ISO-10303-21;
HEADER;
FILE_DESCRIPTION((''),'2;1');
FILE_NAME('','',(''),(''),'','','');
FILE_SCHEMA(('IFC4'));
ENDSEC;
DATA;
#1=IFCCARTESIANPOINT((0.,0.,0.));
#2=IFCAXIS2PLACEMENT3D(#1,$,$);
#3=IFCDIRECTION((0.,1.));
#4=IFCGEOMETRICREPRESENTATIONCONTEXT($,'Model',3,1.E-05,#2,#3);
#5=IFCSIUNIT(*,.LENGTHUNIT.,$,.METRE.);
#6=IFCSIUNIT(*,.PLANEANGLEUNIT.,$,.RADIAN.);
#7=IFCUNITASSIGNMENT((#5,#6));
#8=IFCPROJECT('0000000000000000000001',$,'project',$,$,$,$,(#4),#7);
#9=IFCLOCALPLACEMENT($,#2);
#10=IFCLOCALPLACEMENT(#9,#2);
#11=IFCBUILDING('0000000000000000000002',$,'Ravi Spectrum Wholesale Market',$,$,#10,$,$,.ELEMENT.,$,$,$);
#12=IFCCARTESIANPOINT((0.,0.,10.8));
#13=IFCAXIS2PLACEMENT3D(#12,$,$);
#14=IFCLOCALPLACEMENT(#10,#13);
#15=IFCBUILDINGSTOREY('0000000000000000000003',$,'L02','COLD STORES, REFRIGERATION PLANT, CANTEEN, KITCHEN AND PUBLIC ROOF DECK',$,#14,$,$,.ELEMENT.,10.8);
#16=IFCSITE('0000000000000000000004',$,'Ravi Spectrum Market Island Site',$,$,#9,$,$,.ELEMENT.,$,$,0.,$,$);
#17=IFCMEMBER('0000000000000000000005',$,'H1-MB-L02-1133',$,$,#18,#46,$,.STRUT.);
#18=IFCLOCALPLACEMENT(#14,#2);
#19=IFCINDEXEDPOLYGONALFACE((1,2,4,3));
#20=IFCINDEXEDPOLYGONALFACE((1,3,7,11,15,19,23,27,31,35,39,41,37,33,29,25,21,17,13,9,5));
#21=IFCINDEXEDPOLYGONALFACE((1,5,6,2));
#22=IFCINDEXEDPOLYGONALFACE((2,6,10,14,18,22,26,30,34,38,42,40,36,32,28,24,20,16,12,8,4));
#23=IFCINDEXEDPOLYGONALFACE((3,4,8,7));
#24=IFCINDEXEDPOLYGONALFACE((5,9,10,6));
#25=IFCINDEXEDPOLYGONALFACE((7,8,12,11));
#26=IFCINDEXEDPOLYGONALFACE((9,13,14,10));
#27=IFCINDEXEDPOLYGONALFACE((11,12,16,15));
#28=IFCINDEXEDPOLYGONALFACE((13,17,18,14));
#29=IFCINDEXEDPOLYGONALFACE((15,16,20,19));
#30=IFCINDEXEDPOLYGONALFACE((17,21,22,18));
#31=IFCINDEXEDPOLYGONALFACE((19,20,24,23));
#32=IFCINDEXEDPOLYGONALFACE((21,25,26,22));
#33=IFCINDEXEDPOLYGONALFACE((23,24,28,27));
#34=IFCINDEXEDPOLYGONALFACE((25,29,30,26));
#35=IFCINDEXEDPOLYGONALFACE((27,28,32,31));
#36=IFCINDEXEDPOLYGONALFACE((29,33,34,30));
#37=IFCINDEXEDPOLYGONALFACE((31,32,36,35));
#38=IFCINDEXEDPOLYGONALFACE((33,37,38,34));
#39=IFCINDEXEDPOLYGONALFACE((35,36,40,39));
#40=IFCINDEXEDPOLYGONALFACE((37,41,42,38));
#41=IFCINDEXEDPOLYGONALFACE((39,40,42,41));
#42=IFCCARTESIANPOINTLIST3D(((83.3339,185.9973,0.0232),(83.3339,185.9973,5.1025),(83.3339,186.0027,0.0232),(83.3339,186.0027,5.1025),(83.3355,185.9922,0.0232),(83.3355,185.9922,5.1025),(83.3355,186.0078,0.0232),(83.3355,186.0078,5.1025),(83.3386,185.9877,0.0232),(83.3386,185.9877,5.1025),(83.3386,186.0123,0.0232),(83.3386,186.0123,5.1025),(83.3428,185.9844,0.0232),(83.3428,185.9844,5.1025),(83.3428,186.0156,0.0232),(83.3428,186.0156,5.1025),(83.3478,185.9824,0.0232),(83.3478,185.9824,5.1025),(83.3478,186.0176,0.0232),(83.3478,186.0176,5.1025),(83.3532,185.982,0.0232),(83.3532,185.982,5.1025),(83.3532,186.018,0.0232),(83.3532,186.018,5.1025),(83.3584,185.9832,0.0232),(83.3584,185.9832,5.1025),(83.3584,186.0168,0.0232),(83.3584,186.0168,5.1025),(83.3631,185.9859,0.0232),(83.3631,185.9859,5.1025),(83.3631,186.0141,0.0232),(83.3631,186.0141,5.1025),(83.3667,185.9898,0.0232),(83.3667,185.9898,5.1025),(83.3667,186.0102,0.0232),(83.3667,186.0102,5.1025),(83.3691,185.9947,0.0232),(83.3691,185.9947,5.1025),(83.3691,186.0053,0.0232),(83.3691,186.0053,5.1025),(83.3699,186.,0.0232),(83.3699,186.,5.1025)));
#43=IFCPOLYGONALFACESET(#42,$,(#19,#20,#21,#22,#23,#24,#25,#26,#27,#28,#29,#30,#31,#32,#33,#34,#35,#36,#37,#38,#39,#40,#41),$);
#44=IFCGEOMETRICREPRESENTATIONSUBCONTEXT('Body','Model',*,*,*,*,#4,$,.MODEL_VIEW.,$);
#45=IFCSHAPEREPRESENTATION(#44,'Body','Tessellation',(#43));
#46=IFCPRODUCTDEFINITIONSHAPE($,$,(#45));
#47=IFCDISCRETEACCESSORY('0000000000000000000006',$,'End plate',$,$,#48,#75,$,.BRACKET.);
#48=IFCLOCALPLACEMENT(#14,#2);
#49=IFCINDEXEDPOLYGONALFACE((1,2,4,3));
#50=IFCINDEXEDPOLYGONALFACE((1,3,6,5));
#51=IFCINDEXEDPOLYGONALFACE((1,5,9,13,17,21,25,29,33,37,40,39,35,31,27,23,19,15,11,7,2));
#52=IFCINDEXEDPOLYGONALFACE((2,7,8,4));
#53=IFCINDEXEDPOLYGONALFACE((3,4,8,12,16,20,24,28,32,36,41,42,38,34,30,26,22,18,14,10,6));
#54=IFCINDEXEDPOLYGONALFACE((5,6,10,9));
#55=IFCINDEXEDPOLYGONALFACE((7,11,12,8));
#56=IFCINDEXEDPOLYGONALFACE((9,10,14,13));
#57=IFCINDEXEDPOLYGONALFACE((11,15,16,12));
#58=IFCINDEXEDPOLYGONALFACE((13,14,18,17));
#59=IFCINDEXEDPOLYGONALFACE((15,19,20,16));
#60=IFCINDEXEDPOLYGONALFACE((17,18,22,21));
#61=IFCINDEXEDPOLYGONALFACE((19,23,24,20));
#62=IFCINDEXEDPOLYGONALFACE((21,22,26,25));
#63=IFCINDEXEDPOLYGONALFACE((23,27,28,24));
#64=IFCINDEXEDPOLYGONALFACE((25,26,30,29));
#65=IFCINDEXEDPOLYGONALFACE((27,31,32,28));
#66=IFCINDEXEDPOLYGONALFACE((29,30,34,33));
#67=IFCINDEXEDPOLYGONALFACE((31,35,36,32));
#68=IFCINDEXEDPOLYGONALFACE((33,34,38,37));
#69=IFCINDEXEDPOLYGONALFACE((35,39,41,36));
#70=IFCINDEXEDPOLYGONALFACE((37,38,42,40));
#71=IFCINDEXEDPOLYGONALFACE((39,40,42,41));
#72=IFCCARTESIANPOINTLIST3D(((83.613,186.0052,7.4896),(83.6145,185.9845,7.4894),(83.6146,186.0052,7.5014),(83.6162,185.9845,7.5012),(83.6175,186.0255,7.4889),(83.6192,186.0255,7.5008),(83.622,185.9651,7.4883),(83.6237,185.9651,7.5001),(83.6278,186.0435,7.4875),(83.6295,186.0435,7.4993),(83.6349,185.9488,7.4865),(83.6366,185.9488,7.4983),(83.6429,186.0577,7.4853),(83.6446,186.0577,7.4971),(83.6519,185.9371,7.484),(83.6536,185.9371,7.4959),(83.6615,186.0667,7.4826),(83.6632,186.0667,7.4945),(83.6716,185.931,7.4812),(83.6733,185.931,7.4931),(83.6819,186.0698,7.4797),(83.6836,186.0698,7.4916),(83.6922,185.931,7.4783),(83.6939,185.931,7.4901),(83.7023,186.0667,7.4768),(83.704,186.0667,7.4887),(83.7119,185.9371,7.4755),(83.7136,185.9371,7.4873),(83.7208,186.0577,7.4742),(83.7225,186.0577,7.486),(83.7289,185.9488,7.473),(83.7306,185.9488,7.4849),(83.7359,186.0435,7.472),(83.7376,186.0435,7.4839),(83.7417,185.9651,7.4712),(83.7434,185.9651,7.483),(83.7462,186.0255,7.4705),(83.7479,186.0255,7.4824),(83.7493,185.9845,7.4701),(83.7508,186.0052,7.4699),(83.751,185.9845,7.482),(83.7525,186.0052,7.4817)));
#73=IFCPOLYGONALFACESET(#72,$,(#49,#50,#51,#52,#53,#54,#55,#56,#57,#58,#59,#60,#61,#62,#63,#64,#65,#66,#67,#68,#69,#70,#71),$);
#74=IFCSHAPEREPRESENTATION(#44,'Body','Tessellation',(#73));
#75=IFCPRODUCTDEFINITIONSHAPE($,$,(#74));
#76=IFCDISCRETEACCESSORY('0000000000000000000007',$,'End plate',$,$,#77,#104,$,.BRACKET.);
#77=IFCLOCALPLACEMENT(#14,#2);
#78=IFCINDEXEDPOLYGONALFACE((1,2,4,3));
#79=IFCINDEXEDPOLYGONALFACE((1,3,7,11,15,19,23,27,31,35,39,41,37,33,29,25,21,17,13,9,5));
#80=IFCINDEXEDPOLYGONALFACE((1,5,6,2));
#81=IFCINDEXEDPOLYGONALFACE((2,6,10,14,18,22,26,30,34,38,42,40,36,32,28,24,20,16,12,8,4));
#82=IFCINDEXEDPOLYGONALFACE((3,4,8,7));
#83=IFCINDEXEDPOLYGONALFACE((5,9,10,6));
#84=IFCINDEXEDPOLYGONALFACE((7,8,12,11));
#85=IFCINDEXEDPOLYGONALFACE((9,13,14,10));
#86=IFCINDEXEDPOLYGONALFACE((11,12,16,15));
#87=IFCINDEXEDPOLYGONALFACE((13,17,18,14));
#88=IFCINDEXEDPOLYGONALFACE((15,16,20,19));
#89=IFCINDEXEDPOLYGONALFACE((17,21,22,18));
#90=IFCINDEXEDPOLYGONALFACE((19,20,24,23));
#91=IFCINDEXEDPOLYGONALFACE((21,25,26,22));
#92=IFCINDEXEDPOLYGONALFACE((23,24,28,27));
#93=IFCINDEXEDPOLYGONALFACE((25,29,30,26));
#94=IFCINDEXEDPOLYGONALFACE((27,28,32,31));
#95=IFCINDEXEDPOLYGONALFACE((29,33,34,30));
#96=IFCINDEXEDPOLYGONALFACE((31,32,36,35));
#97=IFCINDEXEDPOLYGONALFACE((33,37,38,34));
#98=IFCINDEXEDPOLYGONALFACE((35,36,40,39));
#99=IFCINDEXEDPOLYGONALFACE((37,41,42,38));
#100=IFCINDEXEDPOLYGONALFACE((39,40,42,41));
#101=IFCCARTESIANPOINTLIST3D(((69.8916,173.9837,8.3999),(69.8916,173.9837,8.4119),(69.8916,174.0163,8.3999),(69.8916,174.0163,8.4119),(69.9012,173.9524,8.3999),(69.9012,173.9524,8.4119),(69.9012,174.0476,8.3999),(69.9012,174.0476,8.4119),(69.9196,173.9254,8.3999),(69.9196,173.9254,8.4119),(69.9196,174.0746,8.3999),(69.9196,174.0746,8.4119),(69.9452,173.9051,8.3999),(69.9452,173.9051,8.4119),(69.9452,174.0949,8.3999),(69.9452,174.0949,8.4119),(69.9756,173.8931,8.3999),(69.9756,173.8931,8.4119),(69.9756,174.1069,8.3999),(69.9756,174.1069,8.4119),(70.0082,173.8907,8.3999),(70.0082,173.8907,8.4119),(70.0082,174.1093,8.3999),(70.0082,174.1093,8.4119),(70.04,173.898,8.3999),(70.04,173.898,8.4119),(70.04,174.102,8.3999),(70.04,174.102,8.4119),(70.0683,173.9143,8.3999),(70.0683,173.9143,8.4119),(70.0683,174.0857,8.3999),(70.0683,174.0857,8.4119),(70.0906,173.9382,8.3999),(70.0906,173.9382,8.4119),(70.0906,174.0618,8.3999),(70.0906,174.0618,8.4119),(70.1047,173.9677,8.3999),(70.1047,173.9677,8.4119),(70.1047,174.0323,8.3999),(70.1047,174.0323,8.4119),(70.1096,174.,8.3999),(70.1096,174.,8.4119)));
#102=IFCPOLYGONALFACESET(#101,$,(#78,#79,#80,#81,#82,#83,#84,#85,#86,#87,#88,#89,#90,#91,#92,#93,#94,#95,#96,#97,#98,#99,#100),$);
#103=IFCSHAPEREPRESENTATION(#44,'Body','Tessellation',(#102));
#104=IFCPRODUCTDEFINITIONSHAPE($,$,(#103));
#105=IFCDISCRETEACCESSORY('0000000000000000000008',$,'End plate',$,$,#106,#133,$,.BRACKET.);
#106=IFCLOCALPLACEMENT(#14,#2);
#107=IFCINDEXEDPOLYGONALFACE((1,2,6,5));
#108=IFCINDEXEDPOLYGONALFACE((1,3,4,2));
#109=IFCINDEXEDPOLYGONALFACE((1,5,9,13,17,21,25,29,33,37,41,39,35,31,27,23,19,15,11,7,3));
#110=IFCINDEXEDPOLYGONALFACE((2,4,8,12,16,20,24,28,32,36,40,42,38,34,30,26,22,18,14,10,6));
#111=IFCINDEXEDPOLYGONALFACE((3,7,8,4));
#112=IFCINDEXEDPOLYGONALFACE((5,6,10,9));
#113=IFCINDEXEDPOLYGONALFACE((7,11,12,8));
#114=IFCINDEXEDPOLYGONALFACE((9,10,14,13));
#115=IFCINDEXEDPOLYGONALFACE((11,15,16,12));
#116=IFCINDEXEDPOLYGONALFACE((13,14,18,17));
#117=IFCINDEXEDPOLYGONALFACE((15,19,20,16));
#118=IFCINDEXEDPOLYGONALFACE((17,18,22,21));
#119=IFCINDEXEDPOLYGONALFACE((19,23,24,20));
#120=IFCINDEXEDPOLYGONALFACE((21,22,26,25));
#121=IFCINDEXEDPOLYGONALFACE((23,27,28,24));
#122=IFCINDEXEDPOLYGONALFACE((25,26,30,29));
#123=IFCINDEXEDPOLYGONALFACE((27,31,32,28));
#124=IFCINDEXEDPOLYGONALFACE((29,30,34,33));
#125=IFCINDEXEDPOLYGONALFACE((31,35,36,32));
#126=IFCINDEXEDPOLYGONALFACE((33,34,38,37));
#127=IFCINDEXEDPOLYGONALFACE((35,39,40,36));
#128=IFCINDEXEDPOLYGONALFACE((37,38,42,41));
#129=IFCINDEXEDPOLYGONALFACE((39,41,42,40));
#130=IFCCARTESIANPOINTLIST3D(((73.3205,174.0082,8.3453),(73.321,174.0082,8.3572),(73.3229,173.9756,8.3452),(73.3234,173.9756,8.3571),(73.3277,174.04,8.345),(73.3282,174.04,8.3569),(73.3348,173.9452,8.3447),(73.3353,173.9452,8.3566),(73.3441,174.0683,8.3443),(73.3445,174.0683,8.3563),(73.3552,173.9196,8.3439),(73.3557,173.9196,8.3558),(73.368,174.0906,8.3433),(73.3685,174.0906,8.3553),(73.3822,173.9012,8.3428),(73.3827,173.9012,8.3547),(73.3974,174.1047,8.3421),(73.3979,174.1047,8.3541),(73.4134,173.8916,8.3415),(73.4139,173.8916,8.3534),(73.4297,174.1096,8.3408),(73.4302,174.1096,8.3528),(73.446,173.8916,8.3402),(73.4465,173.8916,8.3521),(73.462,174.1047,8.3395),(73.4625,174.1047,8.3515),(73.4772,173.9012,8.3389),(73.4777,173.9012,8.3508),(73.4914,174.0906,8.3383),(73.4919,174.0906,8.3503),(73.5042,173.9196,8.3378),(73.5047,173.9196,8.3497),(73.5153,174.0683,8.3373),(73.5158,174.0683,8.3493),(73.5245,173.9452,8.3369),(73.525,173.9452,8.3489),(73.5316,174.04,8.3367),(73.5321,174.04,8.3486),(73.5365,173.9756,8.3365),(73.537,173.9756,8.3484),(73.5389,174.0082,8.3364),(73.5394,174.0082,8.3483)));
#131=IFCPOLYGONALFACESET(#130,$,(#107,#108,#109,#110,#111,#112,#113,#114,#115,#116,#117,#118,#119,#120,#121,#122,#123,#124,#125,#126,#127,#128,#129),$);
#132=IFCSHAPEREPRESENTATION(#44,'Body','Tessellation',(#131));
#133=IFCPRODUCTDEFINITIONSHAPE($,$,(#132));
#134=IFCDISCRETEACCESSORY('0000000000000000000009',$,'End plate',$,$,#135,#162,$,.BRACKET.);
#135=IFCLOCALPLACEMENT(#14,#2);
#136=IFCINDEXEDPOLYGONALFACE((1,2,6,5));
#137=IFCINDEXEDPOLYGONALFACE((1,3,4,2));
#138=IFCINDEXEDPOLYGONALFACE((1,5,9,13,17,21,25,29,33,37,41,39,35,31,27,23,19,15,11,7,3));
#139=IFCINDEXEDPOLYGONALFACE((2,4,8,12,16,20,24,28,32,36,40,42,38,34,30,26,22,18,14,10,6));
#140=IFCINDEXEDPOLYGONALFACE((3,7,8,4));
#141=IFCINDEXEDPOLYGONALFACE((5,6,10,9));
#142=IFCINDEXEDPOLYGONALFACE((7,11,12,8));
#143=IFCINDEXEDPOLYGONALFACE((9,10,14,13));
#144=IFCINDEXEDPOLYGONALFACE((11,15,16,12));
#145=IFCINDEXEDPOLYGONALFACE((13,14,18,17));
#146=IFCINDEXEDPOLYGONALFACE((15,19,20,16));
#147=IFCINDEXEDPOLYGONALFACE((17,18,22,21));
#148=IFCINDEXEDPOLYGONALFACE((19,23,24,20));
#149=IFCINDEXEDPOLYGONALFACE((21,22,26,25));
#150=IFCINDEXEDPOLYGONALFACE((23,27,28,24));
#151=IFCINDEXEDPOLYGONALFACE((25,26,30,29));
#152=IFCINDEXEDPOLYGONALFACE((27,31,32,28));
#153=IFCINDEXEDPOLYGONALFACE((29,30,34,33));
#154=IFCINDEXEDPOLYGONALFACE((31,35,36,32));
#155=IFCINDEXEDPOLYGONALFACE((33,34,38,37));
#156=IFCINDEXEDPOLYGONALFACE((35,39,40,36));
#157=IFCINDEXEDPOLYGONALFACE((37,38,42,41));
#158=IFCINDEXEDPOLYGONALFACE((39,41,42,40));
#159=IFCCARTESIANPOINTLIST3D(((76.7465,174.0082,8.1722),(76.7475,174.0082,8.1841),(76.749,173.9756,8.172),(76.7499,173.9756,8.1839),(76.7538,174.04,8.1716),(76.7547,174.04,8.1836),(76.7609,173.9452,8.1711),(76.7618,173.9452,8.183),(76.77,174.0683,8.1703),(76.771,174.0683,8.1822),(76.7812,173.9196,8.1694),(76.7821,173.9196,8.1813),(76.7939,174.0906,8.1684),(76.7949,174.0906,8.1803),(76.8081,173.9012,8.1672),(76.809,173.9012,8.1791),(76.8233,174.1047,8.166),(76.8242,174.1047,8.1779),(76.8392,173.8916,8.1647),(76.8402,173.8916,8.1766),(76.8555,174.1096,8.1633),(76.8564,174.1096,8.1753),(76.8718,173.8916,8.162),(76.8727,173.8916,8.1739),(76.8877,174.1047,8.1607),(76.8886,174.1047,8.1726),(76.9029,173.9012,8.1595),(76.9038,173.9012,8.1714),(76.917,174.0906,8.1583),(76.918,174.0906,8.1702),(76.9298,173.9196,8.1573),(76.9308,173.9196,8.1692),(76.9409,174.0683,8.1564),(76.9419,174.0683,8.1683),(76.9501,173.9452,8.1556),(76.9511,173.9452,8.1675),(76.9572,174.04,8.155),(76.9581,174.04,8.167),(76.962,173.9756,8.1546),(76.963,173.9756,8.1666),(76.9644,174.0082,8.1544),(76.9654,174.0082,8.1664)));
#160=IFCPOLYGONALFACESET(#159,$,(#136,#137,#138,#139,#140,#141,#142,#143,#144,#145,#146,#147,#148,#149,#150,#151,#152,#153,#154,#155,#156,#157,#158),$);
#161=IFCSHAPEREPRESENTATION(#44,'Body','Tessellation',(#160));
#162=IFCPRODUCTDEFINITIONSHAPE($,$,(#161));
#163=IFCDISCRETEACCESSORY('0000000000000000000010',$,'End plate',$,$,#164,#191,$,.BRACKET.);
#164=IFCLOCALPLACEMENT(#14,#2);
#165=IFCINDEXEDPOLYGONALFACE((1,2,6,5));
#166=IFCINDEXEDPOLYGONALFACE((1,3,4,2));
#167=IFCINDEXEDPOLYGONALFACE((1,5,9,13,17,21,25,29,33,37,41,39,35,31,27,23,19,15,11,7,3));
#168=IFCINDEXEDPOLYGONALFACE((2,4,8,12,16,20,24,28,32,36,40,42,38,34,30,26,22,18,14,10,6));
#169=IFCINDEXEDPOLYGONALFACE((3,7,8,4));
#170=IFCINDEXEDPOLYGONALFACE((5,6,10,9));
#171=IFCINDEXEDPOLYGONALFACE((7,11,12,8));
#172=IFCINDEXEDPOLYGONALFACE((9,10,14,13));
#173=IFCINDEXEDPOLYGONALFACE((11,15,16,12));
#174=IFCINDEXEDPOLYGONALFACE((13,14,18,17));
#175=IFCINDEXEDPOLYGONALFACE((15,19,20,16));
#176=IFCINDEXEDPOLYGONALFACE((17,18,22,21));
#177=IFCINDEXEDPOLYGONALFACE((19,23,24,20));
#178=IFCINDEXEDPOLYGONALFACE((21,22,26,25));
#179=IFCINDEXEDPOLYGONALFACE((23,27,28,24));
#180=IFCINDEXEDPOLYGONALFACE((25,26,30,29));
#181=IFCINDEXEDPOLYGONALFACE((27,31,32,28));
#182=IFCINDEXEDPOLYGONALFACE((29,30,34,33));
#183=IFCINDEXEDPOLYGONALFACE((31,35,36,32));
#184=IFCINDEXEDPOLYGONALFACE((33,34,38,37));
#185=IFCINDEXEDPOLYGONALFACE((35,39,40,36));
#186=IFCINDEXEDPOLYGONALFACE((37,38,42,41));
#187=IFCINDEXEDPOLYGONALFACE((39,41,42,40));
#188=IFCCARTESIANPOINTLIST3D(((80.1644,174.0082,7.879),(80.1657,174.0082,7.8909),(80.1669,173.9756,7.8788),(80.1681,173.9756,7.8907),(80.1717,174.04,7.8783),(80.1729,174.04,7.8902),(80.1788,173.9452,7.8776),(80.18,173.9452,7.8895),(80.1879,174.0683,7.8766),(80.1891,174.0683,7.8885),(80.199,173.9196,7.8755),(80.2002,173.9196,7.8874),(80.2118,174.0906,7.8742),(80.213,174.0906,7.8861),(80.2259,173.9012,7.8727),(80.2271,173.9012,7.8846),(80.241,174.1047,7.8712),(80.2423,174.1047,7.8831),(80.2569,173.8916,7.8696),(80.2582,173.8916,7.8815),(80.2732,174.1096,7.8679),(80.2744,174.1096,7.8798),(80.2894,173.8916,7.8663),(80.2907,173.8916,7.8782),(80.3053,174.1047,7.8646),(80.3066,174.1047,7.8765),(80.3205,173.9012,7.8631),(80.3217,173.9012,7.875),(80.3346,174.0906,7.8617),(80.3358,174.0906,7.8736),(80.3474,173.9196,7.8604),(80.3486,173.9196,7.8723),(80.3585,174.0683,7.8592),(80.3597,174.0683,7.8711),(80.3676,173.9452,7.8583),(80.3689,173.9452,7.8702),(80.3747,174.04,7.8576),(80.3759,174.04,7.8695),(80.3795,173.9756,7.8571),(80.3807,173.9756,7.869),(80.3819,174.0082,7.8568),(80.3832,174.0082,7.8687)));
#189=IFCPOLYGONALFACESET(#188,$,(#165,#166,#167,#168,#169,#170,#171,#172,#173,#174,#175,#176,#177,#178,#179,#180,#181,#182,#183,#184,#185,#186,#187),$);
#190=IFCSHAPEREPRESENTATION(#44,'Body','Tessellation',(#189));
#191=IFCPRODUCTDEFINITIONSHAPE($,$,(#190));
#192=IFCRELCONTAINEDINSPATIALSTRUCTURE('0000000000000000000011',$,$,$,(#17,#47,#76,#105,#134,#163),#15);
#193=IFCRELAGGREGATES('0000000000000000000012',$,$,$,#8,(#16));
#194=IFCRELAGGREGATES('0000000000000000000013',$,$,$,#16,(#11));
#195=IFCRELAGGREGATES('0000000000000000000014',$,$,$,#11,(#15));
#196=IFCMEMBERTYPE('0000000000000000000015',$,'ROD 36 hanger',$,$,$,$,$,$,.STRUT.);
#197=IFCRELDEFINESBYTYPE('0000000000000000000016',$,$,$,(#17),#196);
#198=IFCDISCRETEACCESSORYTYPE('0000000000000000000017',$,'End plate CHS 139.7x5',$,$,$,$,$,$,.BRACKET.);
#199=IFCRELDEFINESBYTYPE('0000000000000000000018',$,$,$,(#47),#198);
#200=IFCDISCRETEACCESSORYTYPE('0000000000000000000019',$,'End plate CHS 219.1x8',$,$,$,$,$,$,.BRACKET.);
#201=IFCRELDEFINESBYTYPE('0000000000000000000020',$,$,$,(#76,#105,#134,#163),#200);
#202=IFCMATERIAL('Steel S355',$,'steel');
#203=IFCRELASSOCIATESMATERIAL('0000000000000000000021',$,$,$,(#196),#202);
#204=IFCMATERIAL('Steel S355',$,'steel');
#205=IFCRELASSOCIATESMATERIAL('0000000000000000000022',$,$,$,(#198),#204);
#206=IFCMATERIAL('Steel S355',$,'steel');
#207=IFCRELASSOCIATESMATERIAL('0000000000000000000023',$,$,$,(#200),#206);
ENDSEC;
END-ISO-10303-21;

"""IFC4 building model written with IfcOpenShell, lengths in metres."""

from ifc_helpers import new_model, si_unit, direction, frame, origin, origin_2d, place, context, subcontext, project, spatial, circle, extrude, material, material_profile, profile_set, type_object, element, save


model = new_model("IFC4")

# Units and contexts
model_context = context("Model", 3, precision=1e-05, world=origin(), true_north=direction((0.0, 1.0)))
body_context = subcontext(model_context, "Body", "Model", "MODEL_VIEW")
ifc_project = project(units=[si_unit("LENGTHUNIT", "METRE"), si_unit("PLANEANGLEUNIT", "RADIAN")], contexts=[model_context])

# Site, building, storey
site_placement = place(None, origin())
site = spatial("IfcSite", under=ifc_project, at=site_placement, Name="Ravi Spectrum Market Island Site", CompositionType="ELEMENT", RefElevation=0.0)
building_placement = place(site_placement, origin())
building = spatial("IfcBuilding", under=site, at=building_placement, Name="Ravi Spectrum Wholesale Market", CompositionType="ELEMENT")
storey_placement = place(building_placement, frame((0.0, 0.0, 10.8)))
storey = spatial("IfcBuildingStorey", under=building, at=storey_placement, Name="L02", Description="COLD STORES, REFRIGERATION PLANT, CANTEEN, KITCHEN AND PUBLIC ROOF DECK", CompositionType="ELEMENT", Elevation=10.8)

# Member
ifc_material_1 = material(Name="Steel S355", Category="steel")
ifc_material_profile_1 = material_profile(ifc_material_1, circle(Radius=0.0181, at=origin_2d()))
ifc_profile_set_1 = profile_set([ifc_material_profile_1], Name="Steel S355")
member_type_1 = type_object("IfcMemberType", Name="ROD 36 hanger", PredefinedType="STRUT", material=ifc_profile_set_1)
member_1_placement = place(storey_placement, frame((83.3518, 186.0, 0.0232), z_axis=(0.0, 0.0, 1.0), x_axis=(1.0, 0.0, 0.0)))
element("IfcMember", 1, at=member_1_placement, inside=storey, type_object=member_type_1, Name="H1-MB-L02-1133", PredefinedType="STRUT", context=body_context, shape_type="SweptSolid", body=[
    extrude(circle(Radius=0.0181, at=origin_2d()), origin(), (0.0, 0.0, 1.0), 5.0793),
])

# Discrete accessories
ifc_material_2 = material(Name="Steel S355", Category="steel")
ifc_material_profile_2 = material_profile(ifc_material_2, circle(Radius=0.0698, at=origin_2d()))
ifc_profile_set_2 = profile_set([ifc_material_profile_2], Name="Steel S355")
discrete_accessory_type_1 = type_object("IfcDiscreteAccessoryType", Name="End plate CHS 139.7x5", PredefinedType="BRACKET", material=ifc_profile_set_2)
discrete_accessory_1_placement = place(storey_placement, frame((83.6819, 186.0, 7.4797), z_axis=(0.141421, 0.0, 0.989949), x_axis=(0.0, 1.0, 0.0)))
element("IfcDiscreteAccessory", 2, at=discrete_accessory_1_placement, inside=storey, type_object=discrete_accessory_type_1, Name="End plate", PredefinedType="BRACKET", context=body_context, shape_type="SweptSolid", body=[
    extrude(circle(Radius=0.0698, at=origin_2d()), origin(), (0.0, 0.0, 1.0), 0.012),
])
ifc_material_3 = material(Name="Steel S355", Category="steel")
ifc_material_profile_3 = material_profile(ifc_material_3, circle(Radius=0.1096, at=origin_2d()))
ifc_profile_set_3 = profile_set([ifc_material_profile_3], Name="Steel S355")
discrete_accessory_type_2 = type_object("IfcDiscreteAccessoryType", Name="End plate CHS 219.1x8", PredefinedType="BRACKET", material=ifc_profile_set_3)
for number, where, z_axis, x_axis, name in (
    (3, (70.0, 174.0, 8.3999), (0.0, 0.0, 1.0), (1.0, 0.0, 0.0), "End plate"),
    (4, (73.4297, 174.0, 8.3408), (0.040782, 0.0, 0.999168), (0.0, 1.0, 0.0), "End plate"),
    (5, (76.8555, 174.0, 8.1633), (0.081362, 0.0, 0.996685), (0.0, 1.0, 0.0), "End plate"),
    (6, (80.2732, 174.0, 7.8679), (0.101514, 0.0, 0.994834), (0.0, 1.0, 0.0), "End plate"),
):
    element("IfcDiscreteAccessory", number, at=place(storey_placement, frame(where, z_axis=z_axis, x_axis=x_axis)), inside=storey, type_object=discrete_accessory_type_2, Name=name, PredefinedType="BRACKET", context=body_context, shape_type="SweptSolid", body=[
        extrude(circle(Radius=0.1096, at=origin_2d()), origin(), (0.0, 0.0, 1.0), 0.012),
    ])

save(model, "model.ifc")
